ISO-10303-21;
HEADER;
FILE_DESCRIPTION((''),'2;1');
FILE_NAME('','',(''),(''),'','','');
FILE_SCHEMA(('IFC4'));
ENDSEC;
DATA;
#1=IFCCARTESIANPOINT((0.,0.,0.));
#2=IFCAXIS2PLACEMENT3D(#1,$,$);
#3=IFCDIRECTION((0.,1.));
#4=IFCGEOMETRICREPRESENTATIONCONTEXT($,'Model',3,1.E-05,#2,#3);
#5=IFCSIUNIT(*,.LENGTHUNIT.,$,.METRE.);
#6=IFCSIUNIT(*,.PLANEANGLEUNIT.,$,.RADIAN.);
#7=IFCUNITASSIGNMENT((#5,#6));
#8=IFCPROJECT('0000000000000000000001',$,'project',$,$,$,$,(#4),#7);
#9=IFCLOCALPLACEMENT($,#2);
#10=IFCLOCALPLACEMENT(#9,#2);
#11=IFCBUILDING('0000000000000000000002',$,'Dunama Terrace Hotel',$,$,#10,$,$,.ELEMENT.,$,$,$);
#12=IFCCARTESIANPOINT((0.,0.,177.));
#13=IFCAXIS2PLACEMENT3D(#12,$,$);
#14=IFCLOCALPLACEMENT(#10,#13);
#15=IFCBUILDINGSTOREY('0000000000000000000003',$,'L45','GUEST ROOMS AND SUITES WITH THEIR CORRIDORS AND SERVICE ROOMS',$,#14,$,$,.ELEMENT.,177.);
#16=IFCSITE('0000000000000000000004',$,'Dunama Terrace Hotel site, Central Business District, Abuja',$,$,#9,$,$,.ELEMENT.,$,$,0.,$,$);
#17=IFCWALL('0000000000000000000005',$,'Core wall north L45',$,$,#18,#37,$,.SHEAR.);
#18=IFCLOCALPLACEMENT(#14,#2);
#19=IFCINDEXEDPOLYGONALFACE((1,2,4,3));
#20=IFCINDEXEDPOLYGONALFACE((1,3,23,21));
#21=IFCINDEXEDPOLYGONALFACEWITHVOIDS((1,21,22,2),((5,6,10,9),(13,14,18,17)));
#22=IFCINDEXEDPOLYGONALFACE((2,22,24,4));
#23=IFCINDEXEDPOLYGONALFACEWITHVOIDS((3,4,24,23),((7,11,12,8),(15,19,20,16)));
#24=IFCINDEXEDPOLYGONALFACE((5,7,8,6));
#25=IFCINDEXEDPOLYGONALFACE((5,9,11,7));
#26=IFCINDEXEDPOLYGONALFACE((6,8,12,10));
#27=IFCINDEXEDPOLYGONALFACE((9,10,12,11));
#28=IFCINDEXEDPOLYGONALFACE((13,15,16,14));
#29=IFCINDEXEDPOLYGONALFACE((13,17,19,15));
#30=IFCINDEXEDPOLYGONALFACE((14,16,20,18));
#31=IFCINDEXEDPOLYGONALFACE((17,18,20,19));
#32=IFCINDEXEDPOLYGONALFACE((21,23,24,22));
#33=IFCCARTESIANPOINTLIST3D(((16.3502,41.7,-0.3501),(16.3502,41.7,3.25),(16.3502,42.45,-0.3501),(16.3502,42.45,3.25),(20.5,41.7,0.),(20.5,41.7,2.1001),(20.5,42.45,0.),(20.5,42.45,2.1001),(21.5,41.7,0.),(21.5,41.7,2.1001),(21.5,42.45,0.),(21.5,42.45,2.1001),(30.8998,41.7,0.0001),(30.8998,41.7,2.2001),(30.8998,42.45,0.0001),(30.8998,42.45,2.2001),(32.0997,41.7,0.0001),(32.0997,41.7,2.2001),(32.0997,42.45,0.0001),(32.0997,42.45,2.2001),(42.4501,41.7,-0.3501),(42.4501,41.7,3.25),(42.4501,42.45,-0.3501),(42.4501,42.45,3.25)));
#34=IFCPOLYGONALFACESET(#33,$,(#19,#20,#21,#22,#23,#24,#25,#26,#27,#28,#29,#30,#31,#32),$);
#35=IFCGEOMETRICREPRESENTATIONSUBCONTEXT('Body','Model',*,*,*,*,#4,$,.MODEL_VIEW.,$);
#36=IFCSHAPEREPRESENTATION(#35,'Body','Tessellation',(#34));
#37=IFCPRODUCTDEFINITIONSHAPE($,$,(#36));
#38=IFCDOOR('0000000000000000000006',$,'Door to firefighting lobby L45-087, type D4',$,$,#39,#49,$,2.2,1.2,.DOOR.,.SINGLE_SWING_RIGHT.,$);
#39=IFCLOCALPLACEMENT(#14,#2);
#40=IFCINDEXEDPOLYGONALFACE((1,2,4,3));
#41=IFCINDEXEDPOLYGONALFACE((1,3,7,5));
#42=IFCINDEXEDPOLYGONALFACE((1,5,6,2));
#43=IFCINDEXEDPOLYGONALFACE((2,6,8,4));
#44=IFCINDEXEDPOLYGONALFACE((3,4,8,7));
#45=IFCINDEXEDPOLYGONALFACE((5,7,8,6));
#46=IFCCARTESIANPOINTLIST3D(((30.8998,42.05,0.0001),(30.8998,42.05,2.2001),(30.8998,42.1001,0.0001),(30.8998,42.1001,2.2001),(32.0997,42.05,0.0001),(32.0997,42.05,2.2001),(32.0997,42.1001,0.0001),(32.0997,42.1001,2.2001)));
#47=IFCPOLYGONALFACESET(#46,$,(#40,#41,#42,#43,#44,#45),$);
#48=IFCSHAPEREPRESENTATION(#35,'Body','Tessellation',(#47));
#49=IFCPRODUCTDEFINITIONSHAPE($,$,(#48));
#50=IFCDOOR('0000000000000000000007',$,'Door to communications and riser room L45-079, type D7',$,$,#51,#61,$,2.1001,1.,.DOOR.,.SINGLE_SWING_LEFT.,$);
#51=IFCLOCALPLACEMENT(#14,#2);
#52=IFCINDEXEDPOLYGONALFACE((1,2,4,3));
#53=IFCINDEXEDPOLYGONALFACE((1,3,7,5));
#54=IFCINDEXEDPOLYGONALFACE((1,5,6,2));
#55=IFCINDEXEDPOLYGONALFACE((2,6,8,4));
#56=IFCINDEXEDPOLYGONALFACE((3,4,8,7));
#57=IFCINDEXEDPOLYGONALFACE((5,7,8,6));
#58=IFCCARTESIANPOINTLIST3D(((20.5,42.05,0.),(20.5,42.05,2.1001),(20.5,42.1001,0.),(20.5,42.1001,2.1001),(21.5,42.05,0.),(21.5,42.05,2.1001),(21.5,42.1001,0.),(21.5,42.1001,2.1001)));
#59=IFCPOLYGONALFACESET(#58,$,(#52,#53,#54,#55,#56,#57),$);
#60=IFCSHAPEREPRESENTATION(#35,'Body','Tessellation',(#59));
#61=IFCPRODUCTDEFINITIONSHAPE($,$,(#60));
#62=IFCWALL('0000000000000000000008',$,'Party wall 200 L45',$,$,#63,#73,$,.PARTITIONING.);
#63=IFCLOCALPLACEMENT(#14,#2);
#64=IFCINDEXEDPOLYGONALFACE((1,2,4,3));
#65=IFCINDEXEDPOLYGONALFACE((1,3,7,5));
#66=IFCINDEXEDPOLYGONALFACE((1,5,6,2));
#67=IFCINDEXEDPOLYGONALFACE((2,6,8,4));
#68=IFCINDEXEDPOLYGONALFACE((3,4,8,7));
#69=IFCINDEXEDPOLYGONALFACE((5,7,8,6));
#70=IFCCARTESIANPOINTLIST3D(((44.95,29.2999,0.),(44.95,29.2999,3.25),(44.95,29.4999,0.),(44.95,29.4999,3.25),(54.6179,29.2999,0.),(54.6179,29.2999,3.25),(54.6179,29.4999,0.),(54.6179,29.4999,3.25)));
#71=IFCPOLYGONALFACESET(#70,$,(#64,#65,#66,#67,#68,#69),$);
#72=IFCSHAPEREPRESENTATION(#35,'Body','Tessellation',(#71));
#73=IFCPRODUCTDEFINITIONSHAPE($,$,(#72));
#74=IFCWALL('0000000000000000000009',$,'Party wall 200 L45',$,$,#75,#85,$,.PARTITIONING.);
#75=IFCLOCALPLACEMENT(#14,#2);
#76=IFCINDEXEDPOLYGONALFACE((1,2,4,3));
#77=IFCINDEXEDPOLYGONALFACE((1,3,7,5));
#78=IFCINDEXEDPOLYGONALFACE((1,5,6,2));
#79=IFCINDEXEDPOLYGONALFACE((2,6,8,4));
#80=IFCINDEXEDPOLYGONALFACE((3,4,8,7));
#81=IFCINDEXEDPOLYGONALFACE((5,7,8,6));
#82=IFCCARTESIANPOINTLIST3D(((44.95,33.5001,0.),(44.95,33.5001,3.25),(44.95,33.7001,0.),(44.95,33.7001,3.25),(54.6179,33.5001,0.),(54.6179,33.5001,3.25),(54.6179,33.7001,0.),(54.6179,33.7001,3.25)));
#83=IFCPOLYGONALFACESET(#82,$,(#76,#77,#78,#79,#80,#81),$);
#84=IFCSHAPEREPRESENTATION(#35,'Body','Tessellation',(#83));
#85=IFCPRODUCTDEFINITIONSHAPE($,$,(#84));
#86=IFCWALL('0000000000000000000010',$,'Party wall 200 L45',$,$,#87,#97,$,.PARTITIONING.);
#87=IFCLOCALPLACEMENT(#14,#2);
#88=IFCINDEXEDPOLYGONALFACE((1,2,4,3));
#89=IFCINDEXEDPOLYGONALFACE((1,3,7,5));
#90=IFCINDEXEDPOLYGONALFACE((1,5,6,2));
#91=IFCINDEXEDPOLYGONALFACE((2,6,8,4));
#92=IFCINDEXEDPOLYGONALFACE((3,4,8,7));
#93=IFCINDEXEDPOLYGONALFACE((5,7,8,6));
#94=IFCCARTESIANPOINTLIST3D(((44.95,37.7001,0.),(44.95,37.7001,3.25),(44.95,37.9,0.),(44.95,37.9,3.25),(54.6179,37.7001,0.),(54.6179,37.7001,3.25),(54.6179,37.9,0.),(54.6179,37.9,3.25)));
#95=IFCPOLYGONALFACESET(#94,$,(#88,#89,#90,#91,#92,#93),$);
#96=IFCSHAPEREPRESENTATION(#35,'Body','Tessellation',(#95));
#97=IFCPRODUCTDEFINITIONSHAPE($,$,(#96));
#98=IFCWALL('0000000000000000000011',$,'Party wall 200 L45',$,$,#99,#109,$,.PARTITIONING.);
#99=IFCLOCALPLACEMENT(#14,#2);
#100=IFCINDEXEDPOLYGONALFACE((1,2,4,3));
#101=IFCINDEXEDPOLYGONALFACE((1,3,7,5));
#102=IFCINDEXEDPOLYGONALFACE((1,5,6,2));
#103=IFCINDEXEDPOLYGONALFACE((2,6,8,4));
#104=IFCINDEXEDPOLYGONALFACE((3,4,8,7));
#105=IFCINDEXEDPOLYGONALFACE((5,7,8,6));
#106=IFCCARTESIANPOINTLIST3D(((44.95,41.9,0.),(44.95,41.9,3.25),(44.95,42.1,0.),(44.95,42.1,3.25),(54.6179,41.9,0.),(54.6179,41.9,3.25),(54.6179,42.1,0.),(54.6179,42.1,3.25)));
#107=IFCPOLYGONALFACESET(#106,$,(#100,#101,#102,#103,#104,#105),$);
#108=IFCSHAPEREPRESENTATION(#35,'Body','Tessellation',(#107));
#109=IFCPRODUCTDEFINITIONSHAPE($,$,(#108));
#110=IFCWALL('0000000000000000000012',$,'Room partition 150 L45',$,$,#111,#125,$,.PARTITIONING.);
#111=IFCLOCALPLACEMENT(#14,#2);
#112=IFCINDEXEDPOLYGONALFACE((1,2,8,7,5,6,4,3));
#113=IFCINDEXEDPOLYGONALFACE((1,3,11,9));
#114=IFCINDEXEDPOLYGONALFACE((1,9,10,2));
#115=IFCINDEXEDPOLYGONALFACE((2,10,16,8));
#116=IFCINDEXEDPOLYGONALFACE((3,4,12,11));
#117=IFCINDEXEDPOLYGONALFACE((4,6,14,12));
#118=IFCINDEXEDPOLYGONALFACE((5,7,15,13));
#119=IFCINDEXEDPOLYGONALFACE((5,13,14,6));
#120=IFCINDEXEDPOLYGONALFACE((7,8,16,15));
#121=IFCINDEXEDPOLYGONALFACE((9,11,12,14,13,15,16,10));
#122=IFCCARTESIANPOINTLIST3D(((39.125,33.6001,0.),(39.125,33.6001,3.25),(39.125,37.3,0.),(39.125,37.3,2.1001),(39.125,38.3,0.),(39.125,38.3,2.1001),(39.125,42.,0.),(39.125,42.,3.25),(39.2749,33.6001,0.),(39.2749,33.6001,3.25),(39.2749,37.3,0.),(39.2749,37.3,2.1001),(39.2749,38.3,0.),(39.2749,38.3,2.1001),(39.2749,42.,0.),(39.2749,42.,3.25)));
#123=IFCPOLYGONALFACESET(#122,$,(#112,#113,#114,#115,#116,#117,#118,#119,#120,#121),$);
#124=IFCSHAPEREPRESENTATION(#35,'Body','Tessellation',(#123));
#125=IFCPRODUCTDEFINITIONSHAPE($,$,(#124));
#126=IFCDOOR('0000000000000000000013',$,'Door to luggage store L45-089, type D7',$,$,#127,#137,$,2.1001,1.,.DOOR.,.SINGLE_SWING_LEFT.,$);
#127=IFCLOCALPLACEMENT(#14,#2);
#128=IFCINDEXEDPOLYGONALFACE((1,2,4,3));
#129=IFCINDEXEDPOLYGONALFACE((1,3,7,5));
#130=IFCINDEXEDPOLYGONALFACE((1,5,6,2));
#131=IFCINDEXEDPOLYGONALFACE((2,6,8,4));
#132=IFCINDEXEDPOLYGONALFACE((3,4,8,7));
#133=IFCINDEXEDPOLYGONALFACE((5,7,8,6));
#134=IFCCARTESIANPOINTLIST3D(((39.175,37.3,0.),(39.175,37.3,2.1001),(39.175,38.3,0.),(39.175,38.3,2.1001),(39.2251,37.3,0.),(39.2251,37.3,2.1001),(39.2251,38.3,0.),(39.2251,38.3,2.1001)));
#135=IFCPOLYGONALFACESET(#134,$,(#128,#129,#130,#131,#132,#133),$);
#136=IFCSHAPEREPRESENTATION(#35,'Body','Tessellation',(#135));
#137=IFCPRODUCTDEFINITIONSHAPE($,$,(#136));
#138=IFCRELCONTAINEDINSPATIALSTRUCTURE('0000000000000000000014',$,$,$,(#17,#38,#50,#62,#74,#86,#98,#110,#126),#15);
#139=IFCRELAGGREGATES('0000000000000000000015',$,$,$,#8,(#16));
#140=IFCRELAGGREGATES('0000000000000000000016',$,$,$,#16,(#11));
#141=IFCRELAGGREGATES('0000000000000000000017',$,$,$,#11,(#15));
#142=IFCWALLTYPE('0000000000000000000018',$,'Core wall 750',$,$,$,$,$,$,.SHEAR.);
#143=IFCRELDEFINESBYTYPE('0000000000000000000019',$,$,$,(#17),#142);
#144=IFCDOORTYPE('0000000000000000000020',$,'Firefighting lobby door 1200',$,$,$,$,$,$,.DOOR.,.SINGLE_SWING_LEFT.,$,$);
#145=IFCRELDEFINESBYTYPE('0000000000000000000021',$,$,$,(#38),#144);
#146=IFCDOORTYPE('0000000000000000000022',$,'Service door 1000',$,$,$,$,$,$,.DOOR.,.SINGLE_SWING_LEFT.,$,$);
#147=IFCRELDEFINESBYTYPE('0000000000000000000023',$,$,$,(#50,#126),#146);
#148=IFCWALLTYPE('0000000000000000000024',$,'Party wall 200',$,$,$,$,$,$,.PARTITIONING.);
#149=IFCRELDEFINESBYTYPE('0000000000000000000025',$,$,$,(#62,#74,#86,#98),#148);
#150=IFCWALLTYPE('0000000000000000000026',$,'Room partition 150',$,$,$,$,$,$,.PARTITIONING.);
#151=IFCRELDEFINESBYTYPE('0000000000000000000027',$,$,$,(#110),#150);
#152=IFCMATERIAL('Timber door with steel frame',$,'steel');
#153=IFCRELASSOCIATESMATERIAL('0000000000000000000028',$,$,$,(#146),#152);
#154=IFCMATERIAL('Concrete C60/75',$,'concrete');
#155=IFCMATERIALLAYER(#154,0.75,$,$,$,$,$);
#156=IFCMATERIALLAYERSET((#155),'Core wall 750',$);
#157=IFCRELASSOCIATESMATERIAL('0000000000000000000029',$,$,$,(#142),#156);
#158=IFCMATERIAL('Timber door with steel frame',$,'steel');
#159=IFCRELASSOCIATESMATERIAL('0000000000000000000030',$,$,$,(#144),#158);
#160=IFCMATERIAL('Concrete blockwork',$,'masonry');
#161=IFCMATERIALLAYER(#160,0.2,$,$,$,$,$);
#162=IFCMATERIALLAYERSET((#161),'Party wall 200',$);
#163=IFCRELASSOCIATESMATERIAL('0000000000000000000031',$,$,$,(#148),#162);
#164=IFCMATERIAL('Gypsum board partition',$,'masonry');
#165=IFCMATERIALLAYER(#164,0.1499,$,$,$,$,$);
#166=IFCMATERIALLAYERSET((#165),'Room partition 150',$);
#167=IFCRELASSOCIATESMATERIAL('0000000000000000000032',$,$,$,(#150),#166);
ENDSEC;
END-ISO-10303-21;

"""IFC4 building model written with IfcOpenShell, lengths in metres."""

from ifc_helpers import new_model, si_unit, direction, frame, frame_2d, origin, place, context, subcontext, project, spatial, rectangle, extrude, material, layer, layer_set, type_object, element, fill, save


model = new_model("IFC4")

# Units and contexts
model_context = context("Model", 3, precision=1e-05, world=origin(), true_north=direction((0.0, 1.0)))
body_context = subcontext(model_context, "Body", "Model", "MODEL_VIEW")
ifc_project = project(units=[si_unit("LENGTHUNIT", "METRE"), si_unit("PLANEANGLEUNIT", "RADIAN")], contexts=[model_context])

# Site, building, storey
site_placement = place(None, origin())
site = spatial("IfcSite", under=ifc_project, at=site_placement, Name="Dunama Terrace Hotel site, Central Business District, Abuja", CompositionType="ELEMENT", RefElevation=0.0)
building_placement = place(site_placement, origin())
building = spatial("IfcBuilding", under=site, at=building_placement, Name="Dunama Terrace Hotel", CompositionType="ELEMENT")
storey_placement = place(building_placement, frame((0.0, 0.0, 177.0)))
storey = spatial("IfcBuildingStorey", under=building, at=storey_placement, Name="L45", Description="GUEST ROOMS AND SUITES WITH THEIR CORRIDORS AND SERVICE ROOMS", CompositionType="ELEMENT", Elevation=177.0)

# Shared definitions
ifc_material_1 = material(Name="Timber door with steel frame", Category="steel")
door_type_1 = type_object("IfcDoorType", Name="Service door 1000", OperationType="SINGLE_SWING_LEFT", PredefinedType="DOOR", material=ifc_material_1)

# Wall, openings, doors
ifc_material_2 = material(Name="Concrete C60/75", Category="concrete")
ifc_layer_1 = layer(ifc_material_2, 0.75)
ifc_layer_set_1 = layer_set([ifc_layer_1], Name="Core wall 750")
wall_type_1 = type_object("IfcWallType", Name="Core wall 750", PredefinedType="SHEAR", material=ifc_layer_set_1)
wall_1_placement = place(storey_placement, frame((42.45, 42.075, -0.3501), z_axis=(0.0, 0.0, 1.0), x_axis=(-1.0, 0.0, 0.0)))
wall_1 = element("IfcWall", 1, at=wall_1_placement, inside=storey, type_object=wall_type_1, Name="Core wall north L45", PredefinedType="SHEAR", context=body_context, shape_type="SweptSolid", body=[
    extrude(rectangle(XDim=26.0999, YDim=0.75, at=frame_2d((13.0498, 0.0))), origin(), (0.0, 0.0, 1.0), 3.6001),
])
opening_1_placement = place(wall_1_placement, frame((20.95, 0.0, 0.3501)))
opening_1 = element("IfcOpeningElement", 2, at=opening_1_placement, cuts=wall_1, PredefinedType="OPENING", context=body_context, shape_type="SweptSolid", body=[
    extrude(rectangle(XDim=1.0, YDim=2.1001, at=frame_2d((0.5, 1.05))), frame((0.0, 0.385, 0.0), z_axis=(0.0, -1.0, 0.0), x_axis=(1.0, 0.0, 0.0)), (0.0, 0.0, 1.0), 0.77),
])
opening_2_placement = place(wall_1_placement, frame((10.3501, 0.0, 0.3501)))
opening_2 = element("IfcOpeningElement", 3, at=opening_2_placement, cuts=wall_1, PredefinedType="OPENING", context=body_context, shape_type="SweptSolid", body=[
    extrude(rectangle(XDim=1.2, YDim=2.2, at=frame_2d((0.6001, 1.1001))), frame((0.0, 0.385, 0.0), z_axis=(0.0, -1.0, 0.0), x_axis=(1.0, 0.0, 0.0)), (0.0, 0.0, 1.0), 0.77),
])
ifc_material_3 = material(Name="Timber door with steel frame", Category="steel")
door_type_2 = type_object("IfcDoorType", Name="Firefighting lobby door 1200", OperationType="SINGLE_SWING_LEFT", PredefinedType="DOOR", material=ifc_material_3)
door_1_placement = place(opening_2_placement, origin())
door_1 = element("IfcDoor", 4, at=door_1_placement, inside=storey, type_object=door_type_2, Name="Door to firefighting lobby L45-087, type D4", OperationType="SINGLE_SWING_RIGHT", OverallHeight=2.2, OverallWidth=1.2, PredefinedType="DOOR", context=body_context, shape_type="SweptSolid", body=[
    extrude(rectangle(XDim=1.2, YDim=2.2, at=frame_2d((0.6001, 1.1001))), frame((0.0, 0.0249, 0.0), z_axis=(0.0, -1.0, 0.0), x_axis=(1.0, 0.0, 0.0)), (0.0, 0.0, 1.0), 0.05),
])
fill(opening_2, door_1)
door_2_placement = place(opening_1_placement, origin())
door_2 = element("IfcDoor", 5, at=door_2_placement, inside=storey, type_object=door_type_1, Name="Door to communications and riser room L45-079, type D7", OperationType="SINGLE_SWING_LEFT", OverallHeight=2.1001, OverallWidth=1.0, PredefinedType="DOOR", context=body_context, shape_type="SweptSolid", body=[
    extrude(rectangle(XDim=1.0, YDim=2.1001, at=frame_2d((0.5, 1.05))), frame((0.0, 0.0249, 0.0), z_axis=(0.0, -1.0, 0.0), x_axis=(1.0, 0.0, 0.0)), (0.0, 0.0, 1.0), 0.05),
])
fill(opening_1, door_2)

# Walls
ifc_material_4 = material(Name="Concrete blockwork", Category="masonry")
ifc_layer_2 = layer(ifc_material_4, 0.2)
ifc_layer_set_2 = layer_set([ifc_layer_2], Name="Party wall 200")
wall_type_2 = type_object("IfcWallType", Name="Party wall 200", PredefinedType="PARTITIONING", material=ifc_layer_set_2)
for number, where, z_axis, x_axis, name in (
    (6, (44.95, 29.3999, 0.0), (0.0, 0.0, 1.0), (1.0, 0.0, 0.0), "Party wall 200 L45"),
    (7, (44.95, 33.6001, 0.0), (0.0, 0.0, 1.0), (1.0, 0.0, 0.0), "Party wall 200 L45"),
    (8, (44.95, 37.8, 0.0), (0.0, 0.0, 1.0), (1.0, 0.0, 0.0), "Party wall 200 L45"),
    (9, (44.95, 42.0, 0.0), (0.0, 0.0, 1.0), (1.0, 0.0, 0.0), "Party wall 200 L45"),
):
    element("IfcWall", number, at=place(storey_placement, frame(where, z_axis=z_axis, x_axis=x_axis)), inside=storey, type_object=wall_type_2, Name=name, PredefinedType="PARTITIONING", context=body_context, shape_type="SweptSolid", body=[
        extrude(rectangle(XDim=9.668, YDim=0.2, at=frame_2d((4.834, 0.0))), origin(), (0.0, 0.0, 1.0), 3.25),
    ])

# Wall, opening, door
ifc_material_5 = material(Name="Gypsum board partition", Category="masonry")
ifc_layer_3 = layer(ifc_material_5, 0.1499)
ifc_layer_set_3 = layer_set([ifc_layer_3], Name="Room partition 150")
wall_type_3 = type_object("IfcWallType", Name="Room partition 150", PredefinedType="PARTITIONING", material=ifc_layer_set_3)
wall_2_placement = place(storey_placement, frame((39.2, 33.6001, 0.0), z_axis=(0.0, 0.0, 1.0), x_axis=(0.0, 1.0, 0.0)))
wall_2 = element("IfcWall", 10, at=wall_2_placement, inside=storey, type_object=wall_type_3, Name="Room partition 150 L45", PredefinedType="PARTITIONING", context=body_context, shape_type="SweptSolid", body=[
    extrude(rectangle(XDim=8.3999, YDim=0.1499, at=frame_2d((4.2, 0.0))), origin(), (0.0, 0.0, 1.0), 3.25),
])
opening_3_placement = place(wall_2_placement, frame((3.7, 0.0, 0.0)))
opening_3 = element("IfcOpeningElement", 11, at=opening_3_placement, cuts=wall_2, PredefinedType="OPENING", context=body_context, shape_type="SweptSolid", body=[
    extrude(rectangle(XDim=1.0, YDim=2.1001, at=frame_2d((0.5, 1.05))), frame((0.0, 0.085, 0.0), z_axis=(0.0, -1.0, 0.0), x_axis=(1.0, 0.0, 0.0)), (0.0, 0.0, 1.0), 0.1699),
])
door_3_placement = place(opening_3_placement, origin())
door_3 = element("IfcDoor", 12, at=door_3_placement, inside=storey, type_object=door_type_1, Name="Door to luggage store L45-089, type D7", OperationType="SINGLE_SWING_LEFT", OverallHeight=2.1001, OverallWidth=1.0, PredefinedType="DOOR", context=body_context, shape_type="SweptSolid", body=[
    extrude(rectangle(XDim=1.0, YDim=2.1001, at=frame_2d((0.5, 1.05))), frame((0.0, 0.0249, 0.0), z_axis=(0.0, -1.0, 0.0), x_axis=(1.0, 0.0, 0.0)), (0.0, 0.0, 1.0), 0.05),
])
fill(opening_3, door_3)

save(model, "model.ifc")
